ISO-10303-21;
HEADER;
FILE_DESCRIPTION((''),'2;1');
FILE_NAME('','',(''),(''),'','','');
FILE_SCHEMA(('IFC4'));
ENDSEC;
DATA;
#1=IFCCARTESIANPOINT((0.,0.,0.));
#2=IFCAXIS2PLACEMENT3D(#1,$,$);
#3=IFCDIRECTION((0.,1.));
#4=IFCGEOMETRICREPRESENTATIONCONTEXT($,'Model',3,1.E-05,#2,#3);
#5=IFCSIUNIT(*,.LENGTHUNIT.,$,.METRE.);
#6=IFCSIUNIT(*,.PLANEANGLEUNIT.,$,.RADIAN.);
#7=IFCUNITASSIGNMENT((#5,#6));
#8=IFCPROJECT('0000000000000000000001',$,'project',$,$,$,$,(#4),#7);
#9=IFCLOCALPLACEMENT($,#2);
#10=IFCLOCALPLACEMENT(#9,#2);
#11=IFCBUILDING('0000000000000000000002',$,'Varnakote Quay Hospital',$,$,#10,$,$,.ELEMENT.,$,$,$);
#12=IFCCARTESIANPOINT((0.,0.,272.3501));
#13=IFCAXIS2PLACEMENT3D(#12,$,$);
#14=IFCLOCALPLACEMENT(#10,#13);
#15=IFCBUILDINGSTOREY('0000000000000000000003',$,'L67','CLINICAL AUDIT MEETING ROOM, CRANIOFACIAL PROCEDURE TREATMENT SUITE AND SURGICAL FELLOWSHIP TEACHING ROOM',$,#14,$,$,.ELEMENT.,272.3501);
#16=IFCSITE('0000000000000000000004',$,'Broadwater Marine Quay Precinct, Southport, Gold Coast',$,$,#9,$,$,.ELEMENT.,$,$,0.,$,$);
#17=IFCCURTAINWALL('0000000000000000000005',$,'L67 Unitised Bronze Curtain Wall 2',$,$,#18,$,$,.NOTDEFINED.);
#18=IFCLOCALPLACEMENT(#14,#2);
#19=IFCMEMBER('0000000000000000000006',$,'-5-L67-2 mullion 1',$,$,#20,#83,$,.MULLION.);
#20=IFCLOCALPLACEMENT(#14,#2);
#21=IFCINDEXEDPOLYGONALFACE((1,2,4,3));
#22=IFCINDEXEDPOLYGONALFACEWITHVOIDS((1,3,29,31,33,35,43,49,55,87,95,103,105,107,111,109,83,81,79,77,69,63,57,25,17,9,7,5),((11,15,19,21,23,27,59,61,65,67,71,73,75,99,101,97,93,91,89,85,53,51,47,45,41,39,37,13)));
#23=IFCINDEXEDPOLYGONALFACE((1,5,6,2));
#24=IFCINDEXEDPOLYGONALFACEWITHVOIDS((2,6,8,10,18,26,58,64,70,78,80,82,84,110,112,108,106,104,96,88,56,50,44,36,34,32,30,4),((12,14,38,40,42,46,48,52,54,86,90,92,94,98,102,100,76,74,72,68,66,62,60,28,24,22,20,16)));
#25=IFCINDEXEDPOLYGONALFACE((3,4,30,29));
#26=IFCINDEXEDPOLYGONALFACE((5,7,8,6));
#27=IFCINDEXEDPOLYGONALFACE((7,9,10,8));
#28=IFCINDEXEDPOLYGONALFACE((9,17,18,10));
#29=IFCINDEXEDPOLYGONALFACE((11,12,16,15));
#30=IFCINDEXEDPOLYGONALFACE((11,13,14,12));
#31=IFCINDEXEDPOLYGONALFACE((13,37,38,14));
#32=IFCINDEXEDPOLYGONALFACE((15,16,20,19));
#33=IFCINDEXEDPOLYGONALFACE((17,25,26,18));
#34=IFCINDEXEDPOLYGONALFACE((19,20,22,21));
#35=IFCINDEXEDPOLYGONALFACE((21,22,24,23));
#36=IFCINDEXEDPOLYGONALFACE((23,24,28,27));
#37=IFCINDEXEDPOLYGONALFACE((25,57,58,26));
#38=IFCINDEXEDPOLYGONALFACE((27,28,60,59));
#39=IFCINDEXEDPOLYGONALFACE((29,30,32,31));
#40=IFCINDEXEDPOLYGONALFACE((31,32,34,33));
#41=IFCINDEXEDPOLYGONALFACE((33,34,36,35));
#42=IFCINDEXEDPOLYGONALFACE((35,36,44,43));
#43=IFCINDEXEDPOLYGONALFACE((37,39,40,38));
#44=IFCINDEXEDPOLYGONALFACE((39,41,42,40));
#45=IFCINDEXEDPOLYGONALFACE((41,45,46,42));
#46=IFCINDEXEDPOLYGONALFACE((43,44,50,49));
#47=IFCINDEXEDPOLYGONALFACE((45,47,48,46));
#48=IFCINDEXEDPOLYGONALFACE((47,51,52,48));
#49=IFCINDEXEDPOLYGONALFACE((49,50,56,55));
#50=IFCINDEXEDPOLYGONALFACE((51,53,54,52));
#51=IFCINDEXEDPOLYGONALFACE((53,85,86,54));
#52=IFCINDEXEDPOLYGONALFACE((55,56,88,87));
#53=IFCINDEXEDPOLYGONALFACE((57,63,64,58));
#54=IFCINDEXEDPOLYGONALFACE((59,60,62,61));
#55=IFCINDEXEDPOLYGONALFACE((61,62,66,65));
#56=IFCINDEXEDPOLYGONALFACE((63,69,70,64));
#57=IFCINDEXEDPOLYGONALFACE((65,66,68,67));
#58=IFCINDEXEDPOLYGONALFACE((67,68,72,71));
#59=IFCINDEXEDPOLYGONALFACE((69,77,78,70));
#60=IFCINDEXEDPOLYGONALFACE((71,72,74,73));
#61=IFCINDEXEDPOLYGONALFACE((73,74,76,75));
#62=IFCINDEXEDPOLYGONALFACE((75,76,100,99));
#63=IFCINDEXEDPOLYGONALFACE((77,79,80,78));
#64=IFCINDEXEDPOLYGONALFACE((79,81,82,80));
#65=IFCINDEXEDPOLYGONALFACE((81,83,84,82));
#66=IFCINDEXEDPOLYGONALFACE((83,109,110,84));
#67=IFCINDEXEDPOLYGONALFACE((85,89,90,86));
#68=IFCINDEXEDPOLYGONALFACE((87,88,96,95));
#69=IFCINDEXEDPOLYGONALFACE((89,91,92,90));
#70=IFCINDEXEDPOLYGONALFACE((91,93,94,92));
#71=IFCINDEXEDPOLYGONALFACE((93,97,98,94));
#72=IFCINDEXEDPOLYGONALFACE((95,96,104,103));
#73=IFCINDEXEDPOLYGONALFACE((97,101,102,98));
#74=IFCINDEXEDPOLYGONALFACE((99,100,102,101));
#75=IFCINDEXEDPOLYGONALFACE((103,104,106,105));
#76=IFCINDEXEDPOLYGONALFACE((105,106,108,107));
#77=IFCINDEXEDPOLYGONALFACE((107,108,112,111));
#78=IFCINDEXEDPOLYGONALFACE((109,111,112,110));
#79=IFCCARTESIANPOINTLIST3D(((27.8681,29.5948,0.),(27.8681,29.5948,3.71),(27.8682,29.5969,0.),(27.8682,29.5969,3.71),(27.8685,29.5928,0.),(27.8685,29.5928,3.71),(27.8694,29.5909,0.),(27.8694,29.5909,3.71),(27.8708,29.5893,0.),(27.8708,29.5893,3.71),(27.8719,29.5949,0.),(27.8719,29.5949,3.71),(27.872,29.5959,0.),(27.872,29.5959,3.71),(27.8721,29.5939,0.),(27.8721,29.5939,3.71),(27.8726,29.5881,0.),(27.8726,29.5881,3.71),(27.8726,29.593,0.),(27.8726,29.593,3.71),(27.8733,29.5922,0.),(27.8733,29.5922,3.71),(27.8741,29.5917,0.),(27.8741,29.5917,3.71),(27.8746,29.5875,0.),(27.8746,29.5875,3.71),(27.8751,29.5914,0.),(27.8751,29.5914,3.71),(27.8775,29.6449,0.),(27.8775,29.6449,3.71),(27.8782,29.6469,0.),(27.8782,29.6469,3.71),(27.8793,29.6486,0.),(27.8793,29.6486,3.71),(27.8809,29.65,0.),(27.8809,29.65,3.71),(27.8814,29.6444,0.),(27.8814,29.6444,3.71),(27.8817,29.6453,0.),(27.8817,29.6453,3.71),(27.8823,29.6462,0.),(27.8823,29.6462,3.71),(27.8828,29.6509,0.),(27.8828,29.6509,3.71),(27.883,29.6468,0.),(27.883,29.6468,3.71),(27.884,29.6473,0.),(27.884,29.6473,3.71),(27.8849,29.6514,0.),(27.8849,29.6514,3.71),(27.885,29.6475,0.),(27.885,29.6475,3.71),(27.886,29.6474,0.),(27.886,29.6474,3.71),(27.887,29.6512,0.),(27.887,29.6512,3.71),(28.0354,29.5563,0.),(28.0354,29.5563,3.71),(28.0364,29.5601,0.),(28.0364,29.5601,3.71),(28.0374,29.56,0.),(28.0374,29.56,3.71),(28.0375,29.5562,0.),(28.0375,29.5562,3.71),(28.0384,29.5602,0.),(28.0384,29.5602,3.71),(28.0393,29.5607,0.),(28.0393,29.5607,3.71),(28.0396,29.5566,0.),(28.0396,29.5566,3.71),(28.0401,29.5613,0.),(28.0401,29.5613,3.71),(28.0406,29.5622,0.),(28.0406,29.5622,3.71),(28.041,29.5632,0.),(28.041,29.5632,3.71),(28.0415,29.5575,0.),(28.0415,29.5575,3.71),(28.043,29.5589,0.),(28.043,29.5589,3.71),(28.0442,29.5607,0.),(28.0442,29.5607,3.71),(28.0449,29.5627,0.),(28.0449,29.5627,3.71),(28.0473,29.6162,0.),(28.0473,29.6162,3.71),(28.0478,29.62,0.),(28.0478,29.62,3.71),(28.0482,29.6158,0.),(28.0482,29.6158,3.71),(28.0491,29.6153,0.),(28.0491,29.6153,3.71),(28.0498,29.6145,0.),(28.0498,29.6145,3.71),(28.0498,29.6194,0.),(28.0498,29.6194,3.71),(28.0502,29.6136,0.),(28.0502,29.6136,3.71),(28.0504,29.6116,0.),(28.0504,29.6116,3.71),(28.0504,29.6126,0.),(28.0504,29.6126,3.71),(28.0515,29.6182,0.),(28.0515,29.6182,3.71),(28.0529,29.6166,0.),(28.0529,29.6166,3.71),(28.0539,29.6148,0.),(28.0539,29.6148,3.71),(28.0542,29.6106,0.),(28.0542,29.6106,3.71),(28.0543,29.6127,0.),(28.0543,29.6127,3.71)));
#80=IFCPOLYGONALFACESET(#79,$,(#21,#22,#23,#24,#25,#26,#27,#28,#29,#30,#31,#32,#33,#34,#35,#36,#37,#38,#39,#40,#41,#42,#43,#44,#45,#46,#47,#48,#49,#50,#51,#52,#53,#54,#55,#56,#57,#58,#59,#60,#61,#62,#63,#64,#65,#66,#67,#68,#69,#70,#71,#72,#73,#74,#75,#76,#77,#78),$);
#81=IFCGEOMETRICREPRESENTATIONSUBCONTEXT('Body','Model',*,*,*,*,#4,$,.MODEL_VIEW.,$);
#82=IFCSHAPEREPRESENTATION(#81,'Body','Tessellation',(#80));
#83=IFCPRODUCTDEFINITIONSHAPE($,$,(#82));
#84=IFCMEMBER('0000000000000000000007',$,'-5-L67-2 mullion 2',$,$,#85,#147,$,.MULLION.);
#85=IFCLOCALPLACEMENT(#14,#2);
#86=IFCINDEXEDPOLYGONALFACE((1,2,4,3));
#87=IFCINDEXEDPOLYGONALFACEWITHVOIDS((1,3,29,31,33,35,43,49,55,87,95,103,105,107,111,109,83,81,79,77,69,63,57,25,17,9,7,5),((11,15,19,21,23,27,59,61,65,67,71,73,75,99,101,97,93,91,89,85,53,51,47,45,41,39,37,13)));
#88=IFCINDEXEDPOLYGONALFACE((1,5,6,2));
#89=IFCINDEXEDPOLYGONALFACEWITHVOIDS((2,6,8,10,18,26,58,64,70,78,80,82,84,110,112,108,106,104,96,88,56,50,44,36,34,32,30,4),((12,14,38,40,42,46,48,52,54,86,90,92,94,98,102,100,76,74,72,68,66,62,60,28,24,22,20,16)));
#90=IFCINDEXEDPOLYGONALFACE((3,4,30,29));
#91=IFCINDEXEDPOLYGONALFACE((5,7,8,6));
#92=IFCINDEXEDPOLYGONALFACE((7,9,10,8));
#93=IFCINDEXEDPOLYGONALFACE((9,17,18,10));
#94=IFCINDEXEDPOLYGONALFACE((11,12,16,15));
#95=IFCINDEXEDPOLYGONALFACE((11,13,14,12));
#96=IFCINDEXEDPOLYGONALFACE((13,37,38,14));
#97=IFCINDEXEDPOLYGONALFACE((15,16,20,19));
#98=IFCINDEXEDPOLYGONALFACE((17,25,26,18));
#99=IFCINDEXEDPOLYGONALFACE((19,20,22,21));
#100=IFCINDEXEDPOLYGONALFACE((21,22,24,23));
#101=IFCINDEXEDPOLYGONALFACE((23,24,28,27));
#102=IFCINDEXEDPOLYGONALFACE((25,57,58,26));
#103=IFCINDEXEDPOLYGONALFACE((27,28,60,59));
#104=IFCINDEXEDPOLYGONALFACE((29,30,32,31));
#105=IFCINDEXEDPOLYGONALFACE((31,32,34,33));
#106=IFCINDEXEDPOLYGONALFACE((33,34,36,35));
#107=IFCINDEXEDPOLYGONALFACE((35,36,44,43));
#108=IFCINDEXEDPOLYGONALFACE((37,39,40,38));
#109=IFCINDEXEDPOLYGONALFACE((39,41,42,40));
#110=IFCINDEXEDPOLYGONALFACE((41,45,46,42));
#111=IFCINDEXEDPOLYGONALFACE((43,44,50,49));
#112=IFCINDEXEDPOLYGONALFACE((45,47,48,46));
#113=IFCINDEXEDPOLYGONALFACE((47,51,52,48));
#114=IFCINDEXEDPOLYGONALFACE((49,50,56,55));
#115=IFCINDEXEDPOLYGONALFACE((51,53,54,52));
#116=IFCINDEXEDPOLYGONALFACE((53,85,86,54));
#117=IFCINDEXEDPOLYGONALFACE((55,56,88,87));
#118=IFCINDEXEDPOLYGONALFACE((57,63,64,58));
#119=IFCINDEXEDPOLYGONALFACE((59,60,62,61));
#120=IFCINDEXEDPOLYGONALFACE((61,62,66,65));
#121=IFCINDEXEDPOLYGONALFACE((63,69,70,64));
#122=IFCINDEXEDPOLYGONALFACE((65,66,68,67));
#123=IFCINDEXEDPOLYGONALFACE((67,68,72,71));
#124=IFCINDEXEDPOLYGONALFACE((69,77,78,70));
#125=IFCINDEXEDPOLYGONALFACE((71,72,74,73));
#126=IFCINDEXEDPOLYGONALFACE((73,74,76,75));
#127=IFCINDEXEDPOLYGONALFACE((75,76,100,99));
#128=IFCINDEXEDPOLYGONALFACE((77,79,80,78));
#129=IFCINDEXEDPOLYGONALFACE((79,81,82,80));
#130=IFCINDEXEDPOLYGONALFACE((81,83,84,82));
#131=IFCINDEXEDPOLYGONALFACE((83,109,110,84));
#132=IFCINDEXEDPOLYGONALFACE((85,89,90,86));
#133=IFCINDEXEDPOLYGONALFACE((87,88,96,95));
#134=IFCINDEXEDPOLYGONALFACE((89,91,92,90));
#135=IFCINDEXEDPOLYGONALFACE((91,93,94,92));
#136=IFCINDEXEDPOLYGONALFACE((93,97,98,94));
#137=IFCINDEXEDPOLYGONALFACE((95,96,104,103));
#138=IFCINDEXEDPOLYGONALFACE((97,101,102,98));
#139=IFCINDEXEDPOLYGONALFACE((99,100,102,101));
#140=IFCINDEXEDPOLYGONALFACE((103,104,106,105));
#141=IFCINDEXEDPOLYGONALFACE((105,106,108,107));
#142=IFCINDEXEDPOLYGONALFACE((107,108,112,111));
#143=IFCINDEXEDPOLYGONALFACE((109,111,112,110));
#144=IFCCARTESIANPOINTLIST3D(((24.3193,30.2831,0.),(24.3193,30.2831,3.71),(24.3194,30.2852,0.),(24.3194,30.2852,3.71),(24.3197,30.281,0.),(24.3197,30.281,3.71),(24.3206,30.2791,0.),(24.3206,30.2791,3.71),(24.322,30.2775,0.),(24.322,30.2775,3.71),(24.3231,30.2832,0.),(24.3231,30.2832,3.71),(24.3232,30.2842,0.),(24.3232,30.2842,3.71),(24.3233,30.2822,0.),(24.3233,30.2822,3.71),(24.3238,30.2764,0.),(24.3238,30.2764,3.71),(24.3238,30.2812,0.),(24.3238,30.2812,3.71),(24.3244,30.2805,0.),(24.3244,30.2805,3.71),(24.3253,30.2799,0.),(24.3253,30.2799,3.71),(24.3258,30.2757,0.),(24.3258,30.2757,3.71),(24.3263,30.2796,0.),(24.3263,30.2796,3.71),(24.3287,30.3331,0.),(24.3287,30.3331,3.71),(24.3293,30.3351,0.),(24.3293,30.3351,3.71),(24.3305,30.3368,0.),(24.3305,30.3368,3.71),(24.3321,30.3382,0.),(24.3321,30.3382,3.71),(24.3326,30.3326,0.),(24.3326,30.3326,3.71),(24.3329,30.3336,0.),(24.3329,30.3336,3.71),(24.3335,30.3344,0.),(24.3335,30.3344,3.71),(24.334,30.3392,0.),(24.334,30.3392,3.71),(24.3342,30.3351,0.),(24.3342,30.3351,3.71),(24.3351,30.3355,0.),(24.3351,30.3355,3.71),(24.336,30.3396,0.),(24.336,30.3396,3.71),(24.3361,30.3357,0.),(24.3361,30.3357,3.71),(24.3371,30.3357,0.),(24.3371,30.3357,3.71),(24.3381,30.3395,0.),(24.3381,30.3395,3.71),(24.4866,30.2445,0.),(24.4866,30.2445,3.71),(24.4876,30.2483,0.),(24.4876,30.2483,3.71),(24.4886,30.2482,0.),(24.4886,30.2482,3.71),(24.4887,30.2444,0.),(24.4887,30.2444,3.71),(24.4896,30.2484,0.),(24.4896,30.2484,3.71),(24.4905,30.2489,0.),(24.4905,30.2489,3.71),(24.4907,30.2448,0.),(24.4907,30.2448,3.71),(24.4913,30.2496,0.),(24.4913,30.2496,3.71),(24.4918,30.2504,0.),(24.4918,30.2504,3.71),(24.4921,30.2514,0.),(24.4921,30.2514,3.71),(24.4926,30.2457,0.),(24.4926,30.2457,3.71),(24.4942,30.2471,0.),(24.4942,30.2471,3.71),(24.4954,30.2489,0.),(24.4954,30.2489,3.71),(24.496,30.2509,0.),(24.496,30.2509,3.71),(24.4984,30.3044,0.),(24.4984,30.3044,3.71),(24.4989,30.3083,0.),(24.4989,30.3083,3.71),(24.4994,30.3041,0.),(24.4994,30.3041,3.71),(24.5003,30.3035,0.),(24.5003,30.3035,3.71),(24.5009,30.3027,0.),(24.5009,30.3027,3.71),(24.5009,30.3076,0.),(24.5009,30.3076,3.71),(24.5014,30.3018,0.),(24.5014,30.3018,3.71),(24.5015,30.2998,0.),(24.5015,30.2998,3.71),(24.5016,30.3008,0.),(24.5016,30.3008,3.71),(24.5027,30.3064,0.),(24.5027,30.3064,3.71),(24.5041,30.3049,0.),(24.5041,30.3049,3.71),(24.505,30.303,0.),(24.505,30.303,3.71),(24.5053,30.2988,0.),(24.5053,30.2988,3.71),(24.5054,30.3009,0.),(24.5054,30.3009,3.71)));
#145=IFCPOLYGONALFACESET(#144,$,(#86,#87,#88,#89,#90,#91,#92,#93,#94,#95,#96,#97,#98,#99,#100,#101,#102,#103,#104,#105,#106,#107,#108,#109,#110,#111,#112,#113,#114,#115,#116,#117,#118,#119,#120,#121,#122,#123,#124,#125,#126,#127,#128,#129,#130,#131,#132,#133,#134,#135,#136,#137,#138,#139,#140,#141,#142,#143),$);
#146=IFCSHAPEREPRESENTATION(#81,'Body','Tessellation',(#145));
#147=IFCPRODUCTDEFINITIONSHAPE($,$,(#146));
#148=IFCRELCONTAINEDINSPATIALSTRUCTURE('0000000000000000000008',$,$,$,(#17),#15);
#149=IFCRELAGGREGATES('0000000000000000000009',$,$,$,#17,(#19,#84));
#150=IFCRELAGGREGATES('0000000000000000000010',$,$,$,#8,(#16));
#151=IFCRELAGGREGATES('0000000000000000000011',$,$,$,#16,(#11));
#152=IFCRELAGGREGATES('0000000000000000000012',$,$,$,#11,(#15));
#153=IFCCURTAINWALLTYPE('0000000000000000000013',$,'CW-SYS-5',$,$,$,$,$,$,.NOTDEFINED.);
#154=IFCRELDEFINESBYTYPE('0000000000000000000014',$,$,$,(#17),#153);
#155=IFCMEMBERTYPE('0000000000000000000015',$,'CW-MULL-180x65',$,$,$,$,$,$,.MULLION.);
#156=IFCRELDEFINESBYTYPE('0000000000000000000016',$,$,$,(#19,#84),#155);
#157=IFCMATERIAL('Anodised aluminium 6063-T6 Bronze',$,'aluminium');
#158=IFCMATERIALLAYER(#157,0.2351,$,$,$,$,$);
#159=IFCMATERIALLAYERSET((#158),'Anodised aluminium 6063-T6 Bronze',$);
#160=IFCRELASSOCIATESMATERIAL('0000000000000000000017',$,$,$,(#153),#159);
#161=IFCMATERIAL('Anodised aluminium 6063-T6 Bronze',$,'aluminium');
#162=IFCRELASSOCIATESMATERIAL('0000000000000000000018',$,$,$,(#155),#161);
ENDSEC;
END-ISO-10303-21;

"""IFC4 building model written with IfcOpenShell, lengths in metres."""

from ifc_helpers import new_model, si_unit, direction, frame, origin, origin_2d, place, context, subcontext, project, spatial, hollow_rectangle, extrude, material, layer, layer_set, material_profile, profile_set, type_object, element, aggregate, save


model = new_model("IFC4")

# Units and contexts
model_context = context("Model", 3, precision=1e-05, world=origin(), true_north=direction((0.0, 1.0)))
body_context = subcontext(model_context, "Body", "Model", "MODEL_VIEW")
ifc_project = project(units=[si_unit("LENGTHUNIT", "METRE"), si_unit("PLANEANGLEUNIT", "RADIAN")], contexts=[model_context])

# Site, building, storey
site_placement = place(None, origin())
site = spatial("IfcSite", under=ifc_project, at=site_placement, Name="Broadwater Marine Quay Precinct, Southport, Gold Coast", CompositionType="ELEMENT", RefElevation=0.0)
building_placement = place(site_placement, origin())
building = spatial("IfcBuilding", under=site, at=building_placement, Name="Varnakote Quay Hospital", CompositionType="ELEMENT")
storey_placement = place(building_placement, frame((0.0, 0.0, 272.3501)))
storey = spatial("IfcBuildingStorey", under=building, at=storey_placement, Name="L67", Description="CLINICAL AUDIT MEETING ROOM, CRANIOFACIAL PROCEDURE TREATMENT SUITE AND SURGICAL FELLOWSHIP TEACHING ROOM", CompositionType="ELEMENT", Elevation=272.3501)

# Shared definitions
ifc_material_1 = material(Name="Anodised aluminium 6063-T6 Bronze", Category="aluminium")
ifc_layer_1 = layer(ifc_material_1, 0.2351)
ifc_layer_set_1 = layer_set([ifc_layer_1], Name="Anodised aluminium 6063-T6 Bronze")
curtain_wall_type = type_object("IfcCurtainWallType", Name="CW-SYS-5", PredefinedType="NOTDEFINED", material=ifc_layer_set_1)
ifc_material_2 = material(Name="Anodised aluminium 6063-T6 Bronze", Category="aluminium")
ifc_material_profile_1 = material_profile(ifc_material_2, hollow_rectangle(XDim=0.0649, YDim=0.1799, WallThickness=0.0039, InnerFilletRadius=0.0039, OuterFilletRadius=0.0081, at=origin_2d()), Name="CW-MULL-180x65")
ifc_profile_set_1 = profile_set([ifc_material_profile_1], Name="Anodised aluminium 6063-T6 Bronze")
member_type_1 = type_object("IfcMemberType", Name="CW-MULL-180x65", PredefinedType="MULLION", material=ifc_profile_set_1)

# Curtain wall, members
curtain_wall_1_placement = place(storey_placement, origin())
curtain_wall_1 = element("IfcCurtainWall", 1, at=curtain_wall_1_placement, inside=storey, type_object=curtain_wall_type, Name="L67 Unitised Bronze Curtain Wall 2", PredefinedType="NOTDEFINED")
member_1_placement = place(storey_placement, frame((27.9612, 29.6038, 0.0), z_axis=(0.0, 0.0, 1.0), x_axis=(-0.190434, -0.9817, 0.0)))
member_1 = element("IfcMember", 2, at=member_1_placement, type_object=member_type_1, Name="-5-L67-2 mullion 1", PredefinedType="MULLION", context=body_context, shape_type="SweptSolid", body=[
    extrude(hollow_rectangle(XDim=0.0649, YDim=0.1799, WallThickness=0.0039, InnerFilletRadius=0.0039, OuterFilletRadius=0.0081, at=origin_2d()), origin(), (0.0, 0.0, 1.0), 3.71),
])
member_2_placement = place(storey_placement, frame((24.4124, 30.292, 0.0), z_axis=(0.0, 0.0, 1.0), x_axis=(-0.190434, -0.9817, 0.0)))
member_2 = element("IfcMember", 3, at=member_2_placement, type_object=member_type_1, Name="-5-L67-2 mullion 2", PredefinedType="MULLION", context=body_context, shape_type="SweptSolid", body=[
    extrude(hollow_rectangle(XDim=0.0649, YDim=0.1799, WallThickness=0.0039, InnerFilletRadius=0.0039, OuterFilletRadius=0.0081, at=origin_2d()), origin(), (0.0, 0.0, 1.0), 3.71),
])

aggregate(curtain_wall_1, [member_1, member_2])

save(model, "model.ifc")
